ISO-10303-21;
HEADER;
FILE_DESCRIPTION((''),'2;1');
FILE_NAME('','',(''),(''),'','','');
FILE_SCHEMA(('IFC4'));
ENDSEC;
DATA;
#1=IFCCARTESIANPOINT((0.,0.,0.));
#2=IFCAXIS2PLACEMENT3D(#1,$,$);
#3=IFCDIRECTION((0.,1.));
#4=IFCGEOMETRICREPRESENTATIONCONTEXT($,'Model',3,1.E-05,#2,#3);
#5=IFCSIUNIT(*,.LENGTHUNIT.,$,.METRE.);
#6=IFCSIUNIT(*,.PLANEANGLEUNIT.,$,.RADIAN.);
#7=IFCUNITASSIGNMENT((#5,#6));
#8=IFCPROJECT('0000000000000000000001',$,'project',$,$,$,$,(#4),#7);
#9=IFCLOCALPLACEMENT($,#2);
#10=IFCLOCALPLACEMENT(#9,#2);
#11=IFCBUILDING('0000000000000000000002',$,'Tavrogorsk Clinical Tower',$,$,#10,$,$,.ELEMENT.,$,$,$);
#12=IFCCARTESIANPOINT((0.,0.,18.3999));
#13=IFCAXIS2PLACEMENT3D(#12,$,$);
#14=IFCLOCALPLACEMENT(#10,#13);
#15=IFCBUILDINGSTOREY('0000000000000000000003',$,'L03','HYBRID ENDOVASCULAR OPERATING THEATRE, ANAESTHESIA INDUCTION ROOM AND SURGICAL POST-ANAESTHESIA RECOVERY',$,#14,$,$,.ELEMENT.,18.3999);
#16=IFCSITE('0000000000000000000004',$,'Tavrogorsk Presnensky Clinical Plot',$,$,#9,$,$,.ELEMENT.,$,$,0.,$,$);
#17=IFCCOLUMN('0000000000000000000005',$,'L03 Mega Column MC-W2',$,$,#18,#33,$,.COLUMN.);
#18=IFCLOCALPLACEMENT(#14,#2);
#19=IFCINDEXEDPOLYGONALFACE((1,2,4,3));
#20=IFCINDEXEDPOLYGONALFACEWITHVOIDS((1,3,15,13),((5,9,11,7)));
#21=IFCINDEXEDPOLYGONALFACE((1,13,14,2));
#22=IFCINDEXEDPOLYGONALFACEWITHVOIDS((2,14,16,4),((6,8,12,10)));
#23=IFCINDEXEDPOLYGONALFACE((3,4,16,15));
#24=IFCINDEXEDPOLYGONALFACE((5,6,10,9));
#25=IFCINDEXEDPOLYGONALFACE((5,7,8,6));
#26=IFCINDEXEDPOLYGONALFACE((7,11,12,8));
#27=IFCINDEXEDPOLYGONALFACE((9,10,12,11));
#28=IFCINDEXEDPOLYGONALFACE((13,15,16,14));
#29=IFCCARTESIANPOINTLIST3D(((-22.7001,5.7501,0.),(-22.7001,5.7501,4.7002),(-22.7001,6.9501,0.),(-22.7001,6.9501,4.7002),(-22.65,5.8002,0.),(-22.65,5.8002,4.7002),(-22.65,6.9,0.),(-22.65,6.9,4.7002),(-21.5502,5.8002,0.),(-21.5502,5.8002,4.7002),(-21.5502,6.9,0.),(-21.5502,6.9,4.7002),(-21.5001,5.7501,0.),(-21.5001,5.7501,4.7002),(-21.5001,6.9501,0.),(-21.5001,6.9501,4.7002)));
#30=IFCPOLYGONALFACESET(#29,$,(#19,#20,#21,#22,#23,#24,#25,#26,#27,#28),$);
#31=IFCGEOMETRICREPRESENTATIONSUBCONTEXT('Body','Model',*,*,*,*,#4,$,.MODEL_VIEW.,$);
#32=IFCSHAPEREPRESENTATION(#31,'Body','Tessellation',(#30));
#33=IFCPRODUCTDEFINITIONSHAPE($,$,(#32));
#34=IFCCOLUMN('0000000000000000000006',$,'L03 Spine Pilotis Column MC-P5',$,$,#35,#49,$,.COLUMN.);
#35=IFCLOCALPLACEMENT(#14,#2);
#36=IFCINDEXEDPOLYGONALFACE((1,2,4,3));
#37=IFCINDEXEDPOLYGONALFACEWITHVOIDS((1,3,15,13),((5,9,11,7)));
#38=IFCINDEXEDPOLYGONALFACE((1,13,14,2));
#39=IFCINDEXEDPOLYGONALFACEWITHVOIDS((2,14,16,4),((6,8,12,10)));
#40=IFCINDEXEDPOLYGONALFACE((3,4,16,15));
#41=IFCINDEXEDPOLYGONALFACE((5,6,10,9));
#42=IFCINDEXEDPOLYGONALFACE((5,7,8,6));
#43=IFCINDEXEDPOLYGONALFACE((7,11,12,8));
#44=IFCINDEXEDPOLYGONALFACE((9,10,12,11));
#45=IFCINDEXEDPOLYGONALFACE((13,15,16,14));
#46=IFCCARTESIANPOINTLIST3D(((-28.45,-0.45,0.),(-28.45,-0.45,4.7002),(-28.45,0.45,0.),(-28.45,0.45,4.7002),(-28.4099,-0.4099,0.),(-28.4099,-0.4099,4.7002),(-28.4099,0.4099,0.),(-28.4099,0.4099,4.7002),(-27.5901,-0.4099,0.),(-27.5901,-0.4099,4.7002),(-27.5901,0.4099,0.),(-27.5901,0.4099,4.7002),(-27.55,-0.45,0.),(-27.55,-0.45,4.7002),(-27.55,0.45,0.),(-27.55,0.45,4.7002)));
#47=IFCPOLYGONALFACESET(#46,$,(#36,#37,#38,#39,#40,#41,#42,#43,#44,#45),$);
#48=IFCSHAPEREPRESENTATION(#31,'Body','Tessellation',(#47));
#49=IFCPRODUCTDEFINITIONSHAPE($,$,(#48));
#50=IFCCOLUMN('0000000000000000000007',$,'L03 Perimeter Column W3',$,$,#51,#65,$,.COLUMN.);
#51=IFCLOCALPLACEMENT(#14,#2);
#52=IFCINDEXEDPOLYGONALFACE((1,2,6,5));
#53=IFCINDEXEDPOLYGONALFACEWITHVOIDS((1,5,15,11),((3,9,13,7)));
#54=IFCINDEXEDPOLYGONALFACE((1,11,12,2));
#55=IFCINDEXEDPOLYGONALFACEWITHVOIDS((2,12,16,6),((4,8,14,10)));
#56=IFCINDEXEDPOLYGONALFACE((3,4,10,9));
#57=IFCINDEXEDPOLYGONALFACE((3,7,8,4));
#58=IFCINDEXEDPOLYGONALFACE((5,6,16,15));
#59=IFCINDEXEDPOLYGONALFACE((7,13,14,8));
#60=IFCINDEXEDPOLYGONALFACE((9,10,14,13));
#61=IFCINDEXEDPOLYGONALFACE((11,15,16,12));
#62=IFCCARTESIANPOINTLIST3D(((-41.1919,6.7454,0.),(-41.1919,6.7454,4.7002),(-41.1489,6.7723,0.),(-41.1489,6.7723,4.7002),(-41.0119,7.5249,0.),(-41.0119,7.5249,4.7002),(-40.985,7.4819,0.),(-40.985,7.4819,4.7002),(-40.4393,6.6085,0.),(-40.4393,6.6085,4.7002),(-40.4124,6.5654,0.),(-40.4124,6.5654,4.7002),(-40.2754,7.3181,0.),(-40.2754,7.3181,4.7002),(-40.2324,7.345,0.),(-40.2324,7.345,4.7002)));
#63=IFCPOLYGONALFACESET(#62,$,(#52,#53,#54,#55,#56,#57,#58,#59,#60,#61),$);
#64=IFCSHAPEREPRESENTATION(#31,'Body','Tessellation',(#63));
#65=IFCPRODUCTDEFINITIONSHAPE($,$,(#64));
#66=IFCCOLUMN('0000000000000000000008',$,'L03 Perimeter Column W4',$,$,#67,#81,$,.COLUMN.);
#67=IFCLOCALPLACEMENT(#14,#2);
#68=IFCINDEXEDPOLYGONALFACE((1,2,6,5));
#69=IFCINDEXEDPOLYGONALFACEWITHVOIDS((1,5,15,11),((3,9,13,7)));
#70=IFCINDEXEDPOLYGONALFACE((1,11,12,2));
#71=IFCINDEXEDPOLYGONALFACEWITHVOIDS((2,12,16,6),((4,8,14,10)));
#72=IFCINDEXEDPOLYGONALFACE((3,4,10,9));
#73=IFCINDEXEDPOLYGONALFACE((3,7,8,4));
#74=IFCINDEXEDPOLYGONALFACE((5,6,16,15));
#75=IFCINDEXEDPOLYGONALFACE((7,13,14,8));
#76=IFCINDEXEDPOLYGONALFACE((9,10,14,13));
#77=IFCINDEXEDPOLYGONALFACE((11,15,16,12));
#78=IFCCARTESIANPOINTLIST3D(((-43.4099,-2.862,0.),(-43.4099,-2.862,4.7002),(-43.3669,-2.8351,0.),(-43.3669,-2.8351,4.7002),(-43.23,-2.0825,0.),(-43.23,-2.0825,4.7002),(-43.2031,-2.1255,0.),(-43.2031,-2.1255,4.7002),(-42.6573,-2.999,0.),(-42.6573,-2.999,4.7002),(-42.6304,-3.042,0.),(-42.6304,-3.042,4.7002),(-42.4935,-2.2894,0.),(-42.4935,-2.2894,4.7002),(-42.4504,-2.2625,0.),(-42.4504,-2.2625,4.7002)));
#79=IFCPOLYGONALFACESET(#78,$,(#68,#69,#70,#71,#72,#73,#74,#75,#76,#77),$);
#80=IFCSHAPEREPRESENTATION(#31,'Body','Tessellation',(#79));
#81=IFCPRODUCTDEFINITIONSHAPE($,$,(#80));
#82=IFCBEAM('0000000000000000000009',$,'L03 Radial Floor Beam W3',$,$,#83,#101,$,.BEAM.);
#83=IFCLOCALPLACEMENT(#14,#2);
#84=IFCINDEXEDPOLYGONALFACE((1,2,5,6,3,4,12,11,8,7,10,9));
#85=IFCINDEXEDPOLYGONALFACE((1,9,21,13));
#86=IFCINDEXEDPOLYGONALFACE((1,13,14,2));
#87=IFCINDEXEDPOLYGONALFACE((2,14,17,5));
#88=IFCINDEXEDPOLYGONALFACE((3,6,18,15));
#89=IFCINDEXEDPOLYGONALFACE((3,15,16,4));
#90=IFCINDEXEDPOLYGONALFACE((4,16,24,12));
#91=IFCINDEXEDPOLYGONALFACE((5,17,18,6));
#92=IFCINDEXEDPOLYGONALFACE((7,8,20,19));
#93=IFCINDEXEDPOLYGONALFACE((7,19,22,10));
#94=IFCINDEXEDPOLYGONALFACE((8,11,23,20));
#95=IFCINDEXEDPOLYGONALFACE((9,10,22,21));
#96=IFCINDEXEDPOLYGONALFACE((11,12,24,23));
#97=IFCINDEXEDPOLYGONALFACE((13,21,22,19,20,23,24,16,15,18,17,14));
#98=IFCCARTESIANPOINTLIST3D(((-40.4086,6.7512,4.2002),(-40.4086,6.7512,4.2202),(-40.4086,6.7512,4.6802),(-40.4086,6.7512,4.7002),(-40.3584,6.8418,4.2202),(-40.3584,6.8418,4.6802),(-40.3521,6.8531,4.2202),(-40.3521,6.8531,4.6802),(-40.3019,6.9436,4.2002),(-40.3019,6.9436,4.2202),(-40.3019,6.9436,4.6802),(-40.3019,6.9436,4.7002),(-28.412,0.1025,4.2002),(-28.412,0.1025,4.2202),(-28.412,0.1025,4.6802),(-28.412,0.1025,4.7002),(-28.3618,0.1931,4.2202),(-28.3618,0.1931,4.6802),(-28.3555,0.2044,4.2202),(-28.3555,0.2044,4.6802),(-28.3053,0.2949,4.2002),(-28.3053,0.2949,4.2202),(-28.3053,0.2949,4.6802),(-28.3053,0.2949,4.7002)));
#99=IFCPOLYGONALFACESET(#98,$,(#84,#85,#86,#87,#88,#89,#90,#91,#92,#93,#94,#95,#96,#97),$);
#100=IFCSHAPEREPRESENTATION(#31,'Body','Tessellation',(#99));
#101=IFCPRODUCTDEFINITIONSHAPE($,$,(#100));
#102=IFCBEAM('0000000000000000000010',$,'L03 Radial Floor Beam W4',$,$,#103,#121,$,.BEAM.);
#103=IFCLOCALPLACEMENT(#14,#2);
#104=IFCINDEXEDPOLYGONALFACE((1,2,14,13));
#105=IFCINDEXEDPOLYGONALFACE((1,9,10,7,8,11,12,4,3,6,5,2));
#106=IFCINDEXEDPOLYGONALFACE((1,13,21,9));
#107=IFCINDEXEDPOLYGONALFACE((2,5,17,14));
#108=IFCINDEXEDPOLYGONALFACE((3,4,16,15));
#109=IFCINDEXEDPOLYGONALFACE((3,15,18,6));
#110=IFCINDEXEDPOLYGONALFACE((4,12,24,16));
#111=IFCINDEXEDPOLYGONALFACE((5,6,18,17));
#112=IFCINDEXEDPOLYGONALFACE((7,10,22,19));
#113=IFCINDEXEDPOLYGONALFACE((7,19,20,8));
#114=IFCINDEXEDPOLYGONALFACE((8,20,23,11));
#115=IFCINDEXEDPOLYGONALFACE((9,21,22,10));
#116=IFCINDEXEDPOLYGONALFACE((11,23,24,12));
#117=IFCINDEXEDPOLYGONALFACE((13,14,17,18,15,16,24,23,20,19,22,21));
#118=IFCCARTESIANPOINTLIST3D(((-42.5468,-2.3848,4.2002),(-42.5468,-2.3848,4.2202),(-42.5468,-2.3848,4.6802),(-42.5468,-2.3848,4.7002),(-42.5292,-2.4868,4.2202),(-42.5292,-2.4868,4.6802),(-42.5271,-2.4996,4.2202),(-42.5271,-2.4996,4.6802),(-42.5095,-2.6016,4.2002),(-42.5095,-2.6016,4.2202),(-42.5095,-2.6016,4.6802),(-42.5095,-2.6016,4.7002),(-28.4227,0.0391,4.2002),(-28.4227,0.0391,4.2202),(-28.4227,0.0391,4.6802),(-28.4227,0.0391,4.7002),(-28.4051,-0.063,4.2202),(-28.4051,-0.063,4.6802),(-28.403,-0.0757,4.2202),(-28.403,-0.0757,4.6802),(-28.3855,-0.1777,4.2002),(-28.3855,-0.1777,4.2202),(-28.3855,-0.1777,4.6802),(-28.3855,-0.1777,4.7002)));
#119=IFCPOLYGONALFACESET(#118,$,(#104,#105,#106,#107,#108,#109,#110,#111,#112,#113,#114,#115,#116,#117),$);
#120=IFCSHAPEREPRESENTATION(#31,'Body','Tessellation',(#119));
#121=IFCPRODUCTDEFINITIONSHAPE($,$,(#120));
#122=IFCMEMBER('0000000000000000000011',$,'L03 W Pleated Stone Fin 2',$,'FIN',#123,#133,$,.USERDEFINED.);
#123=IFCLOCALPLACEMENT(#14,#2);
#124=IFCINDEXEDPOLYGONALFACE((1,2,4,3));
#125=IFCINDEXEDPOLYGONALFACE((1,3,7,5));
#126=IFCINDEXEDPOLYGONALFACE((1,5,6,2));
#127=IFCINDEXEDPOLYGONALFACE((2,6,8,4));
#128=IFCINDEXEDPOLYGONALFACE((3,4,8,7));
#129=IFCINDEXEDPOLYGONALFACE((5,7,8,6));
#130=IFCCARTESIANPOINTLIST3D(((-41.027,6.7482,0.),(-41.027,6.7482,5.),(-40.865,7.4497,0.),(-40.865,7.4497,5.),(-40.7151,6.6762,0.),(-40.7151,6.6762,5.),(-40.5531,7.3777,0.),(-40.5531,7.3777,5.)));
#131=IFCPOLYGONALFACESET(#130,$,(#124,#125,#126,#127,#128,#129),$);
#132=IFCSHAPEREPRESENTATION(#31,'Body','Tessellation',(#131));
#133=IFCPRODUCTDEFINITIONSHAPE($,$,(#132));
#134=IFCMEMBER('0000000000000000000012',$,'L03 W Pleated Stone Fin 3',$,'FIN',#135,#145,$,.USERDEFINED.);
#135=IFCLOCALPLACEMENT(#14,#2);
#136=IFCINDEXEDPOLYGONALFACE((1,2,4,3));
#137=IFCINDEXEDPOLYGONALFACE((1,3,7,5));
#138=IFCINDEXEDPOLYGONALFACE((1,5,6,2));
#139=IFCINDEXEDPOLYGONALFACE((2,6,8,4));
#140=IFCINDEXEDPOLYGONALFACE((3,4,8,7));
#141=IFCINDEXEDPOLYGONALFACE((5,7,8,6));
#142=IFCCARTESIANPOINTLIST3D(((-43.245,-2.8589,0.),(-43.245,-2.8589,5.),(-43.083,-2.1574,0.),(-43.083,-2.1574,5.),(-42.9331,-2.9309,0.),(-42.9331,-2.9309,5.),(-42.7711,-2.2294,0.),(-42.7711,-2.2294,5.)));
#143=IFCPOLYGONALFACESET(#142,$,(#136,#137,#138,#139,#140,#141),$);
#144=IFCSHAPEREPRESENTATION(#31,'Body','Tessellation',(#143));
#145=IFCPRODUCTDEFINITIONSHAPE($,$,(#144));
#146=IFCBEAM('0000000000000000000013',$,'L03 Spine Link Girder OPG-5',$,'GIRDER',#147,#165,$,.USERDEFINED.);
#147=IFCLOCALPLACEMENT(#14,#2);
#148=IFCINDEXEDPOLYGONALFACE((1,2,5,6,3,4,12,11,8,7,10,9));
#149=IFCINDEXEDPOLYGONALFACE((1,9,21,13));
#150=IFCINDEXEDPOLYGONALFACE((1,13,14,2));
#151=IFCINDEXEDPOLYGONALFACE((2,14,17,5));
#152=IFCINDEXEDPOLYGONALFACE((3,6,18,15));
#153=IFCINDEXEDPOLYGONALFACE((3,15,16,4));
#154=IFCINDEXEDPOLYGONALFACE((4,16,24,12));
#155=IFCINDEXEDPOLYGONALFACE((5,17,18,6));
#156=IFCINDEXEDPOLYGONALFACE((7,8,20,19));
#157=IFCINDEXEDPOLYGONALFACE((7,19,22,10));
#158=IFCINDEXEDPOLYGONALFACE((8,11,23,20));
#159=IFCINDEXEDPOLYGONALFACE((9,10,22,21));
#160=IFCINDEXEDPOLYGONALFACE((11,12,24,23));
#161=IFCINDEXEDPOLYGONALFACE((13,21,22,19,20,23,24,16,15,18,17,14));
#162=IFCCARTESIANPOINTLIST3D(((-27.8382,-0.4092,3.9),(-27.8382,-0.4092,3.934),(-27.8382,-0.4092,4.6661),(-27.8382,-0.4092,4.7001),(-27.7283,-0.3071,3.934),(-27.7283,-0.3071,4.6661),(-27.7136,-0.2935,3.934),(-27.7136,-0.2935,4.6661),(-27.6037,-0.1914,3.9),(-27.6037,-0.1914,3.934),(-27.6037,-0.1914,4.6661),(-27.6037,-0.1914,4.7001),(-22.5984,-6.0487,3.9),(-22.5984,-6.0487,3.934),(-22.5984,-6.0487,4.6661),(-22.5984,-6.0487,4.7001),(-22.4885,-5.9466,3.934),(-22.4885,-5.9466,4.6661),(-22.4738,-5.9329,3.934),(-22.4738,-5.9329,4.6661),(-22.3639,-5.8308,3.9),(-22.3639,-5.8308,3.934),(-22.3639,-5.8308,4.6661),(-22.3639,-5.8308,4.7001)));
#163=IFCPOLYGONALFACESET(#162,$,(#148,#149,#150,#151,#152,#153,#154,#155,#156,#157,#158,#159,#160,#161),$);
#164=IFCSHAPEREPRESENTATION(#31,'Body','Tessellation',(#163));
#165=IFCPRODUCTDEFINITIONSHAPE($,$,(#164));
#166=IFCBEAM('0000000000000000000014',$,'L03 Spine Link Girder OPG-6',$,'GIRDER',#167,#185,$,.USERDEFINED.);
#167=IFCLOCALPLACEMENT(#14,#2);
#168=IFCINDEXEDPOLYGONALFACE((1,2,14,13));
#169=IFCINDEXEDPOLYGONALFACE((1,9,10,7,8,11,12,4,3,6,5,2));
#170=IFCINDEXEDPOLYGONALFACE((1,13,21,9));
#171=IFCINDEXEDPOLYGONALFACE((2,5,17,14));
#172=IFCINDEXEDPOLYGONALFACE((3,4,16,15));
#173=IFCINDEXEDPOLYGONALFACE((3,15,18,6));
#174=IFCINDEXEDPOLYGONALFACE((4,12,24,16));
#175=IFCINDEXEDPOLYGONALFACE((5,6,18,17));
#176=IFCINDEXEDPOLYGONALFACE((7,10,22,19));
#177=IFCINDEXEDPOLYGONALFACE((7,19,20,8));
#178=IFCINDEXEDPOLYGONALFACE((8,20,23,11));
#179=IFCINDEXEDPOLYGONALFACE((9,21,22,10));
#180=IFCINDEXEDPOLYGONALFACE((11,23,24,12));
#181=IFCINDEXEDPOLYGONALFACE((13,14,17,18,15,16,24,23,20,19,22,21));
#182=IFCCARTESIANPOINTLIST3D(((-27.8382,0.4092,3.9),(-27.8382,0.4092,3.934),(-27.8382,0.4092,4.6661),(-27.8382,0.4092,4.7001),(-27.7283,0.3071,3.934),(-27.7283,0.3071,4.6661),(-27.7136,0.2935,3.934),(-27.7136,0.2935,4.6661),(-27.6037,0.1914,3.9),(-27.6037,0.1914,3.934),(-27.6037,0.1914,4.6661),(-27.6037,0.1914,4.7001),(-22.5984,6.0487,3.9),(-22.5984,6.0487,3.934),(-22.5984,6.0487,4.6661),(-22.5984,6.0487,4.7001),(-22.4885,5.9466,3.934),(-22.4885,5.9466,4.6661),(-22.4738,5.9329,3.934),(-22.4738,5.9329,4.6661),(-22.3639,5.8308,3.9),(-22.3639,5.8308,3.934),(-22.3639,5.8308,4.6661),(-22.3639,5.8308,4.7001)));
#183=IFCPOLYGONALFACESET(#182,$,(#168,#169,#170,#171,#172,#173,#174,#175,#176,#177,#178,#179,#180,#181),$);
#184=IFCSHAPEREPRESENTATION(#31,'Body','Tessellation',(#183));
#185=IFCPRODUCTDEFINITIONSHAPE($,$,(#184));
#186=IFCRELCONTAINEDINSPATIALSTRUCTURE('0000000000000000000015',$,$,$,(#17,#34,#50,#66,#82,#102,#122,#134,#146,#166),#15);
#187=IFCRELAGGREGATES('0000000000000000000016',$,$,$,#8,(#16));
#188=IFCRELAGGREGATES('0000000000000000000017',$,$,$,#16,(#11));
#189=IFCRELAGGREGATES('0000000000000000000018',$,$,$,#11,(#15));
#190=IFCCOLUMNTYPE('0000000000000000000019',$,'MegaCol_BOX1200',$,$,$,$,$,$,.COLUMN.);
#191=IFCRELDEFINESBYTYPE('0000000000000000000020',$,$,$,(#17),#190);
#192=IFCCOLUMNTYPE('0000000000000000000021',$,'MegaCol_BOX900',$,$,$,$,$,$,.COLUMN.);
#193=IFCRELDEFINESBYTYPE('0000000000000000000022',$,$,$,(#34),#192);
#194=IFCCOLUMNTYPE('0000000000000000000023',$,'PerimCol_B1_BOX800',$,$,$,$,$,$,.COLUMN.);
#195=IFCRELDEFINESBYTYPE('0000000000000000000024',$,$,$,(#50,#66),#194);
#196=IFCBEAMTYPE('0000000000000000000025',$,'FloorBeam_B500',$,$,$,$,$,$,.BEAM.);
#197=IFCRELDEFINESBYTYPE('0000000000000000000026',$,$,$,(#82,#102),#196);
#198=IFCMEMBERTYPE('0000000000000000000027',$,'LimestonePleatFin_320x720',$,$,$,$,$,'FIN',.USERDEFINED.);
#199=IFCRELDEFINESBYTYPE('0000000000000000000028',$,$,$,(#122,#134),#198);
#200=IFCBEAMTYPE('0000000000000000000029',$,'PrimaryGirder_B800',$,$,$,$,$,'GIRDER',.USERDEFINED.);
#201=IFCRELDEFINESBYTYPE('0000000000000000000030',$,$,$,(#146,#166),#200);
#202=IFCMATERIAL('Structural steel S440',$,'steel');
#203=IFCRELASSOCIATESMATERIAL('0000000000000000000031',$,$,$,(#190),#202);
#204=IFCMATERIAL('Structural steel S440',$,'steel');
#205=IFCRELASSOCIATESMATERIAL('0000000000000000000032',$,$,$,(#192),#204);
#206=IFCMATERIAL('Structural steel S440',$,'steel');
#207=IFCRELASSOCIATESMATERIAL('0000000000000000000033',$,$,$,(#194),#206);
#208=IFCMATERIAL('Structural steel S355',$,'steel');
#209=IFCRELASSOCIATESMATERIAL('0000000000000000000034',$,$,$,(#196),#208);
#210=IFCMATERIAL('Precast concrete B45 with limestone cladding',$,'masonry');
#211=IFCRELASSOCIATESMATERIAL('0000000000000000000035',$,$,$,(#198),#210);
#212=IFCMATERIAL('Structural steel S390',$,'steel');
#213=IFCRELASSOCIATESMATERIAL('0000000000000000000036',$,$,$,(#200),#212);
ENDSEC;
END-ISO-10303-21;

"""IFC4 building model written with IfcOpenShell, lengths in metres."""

from ifc_helpers import new_model, si_unit, direction, frame, origin, origin_2d, place, context, subcontext, project, spatial, rectangle, hollow_rectangle, i_section, extrude, material, material_profile, profile_set, type_object, element, save


model = new_model("IFC4")

# Units and contexts
model_context = context("Model", 3, precision=1e-05, world=origin(), true_north=direction((0.0, 1.0)))
body_context = subcontext(model_context, "Body", "Model", "MODEL_VIEW")
ifc_project = project(units=[si_unit("LENGTHUNIT", "METRE"), si_unit("PLANEANGLEUNIT", "RADIAN")], contexts=[model_context])

# Site, building, storey
site_placement = place(None, origin())
site = spatial("IfcSite", under=ifc_project, at=site_placement, Name="Tavrogorsk Presnensky Clinical Plot", CompositionType="ELEMENT", RefElevation=0.0)
building_placement = place(site_placement, origin())
building = spatial("IfcBuilding", under=site, at=building_placement, Name="Tavrogorsk Clinical Tower", CompositionType="ELEMENT")
storey_placement = place(building_placement, frame((0.0, 0.0, 18.3999)))
storey = spatial("IfcBuildingStorey", under=building, at=storey_placement, Name="L03", Description="HYBRID ENDOVASCULAR OPERATING THEATRE, ANAESTHESIA INDUCTION ROOM AND SURGICAL POST-ANAESTHESIA RECOVERY", CompositionType="ELEMENT", Elevation=18.3999)

# Columns
ifc_material_1 = material(Name="Structural steel S440", Category="steel")
ifc_material_profile_1 = material_profile(ifc_material_1, hollow_rectangle(XDim=1.2, YDim=1.2, WallThickness=0.05, at=origin_2d()), Name="BOX-1200x1200x50")
ifc_profile_set_1 = profile_set([ifc_material_profile_1], Name="Structural steel S440")
column_type_1 = type_object("IfcColumnType", Name="MegaCol_BOX1200", PredefinedType="COLUMN", material=ifc_profile_set_1)
column_1_placement = place(storey_placement, frame((-22.1001, 6.3501, 0.0), z_axis=(0.0, 0.0, 1.0), x_axis=(1.0, 0.0, 0.0)))
element("IfcColumn", 1, at=column_1_placement, inside=storey, type_object=column_type_1, Name="L03 Mega Column MC-W2", PredefinedType="COLUMN", context=body_context, shape_type="SweptSolid", body=[
    extrude(hollow_rectangle(XDim=1.2, YDim=1.2, WallThickness=0.05, at=origin_2d()), origin(), (0.0, 0.0, 1.0), 4.7002),
])
ifc_material_2 = material(Name="Structural steel S440", Category="steel")
ifc_material_profile_2 = material_profile(ifc_material_2, hollow_rectangle(XDim=0.8999, YDim=0.8999, WallThickness=0.04, at=origin_2d()), Name="BOX-900x900x40")
ifc_profile_set_2 = profile_set([ifc_material_profile_2], Name="Structural steel S440")
column_type_2 = type_object("IfcColumnType", Name="MegaCol_BOX900", PredefinedType="COLUMN", material=ifc_profile_set_2)
column_2_placement = place(storey_placement, frame((-28.0, 0.0, 0.0), z_axis=(0.0, 0.0, 1.0), x_axis=(1.0, 0.0, 0.0)))
element("IfcColumn", 2, at=column_2_placement, inside=storey, type_object=column_type_2, Name="L03 Spine Pilotis Column MC-P5", PredefinedType="COLUMN", context=body_context, shape_type="SweptSolid", body=[
    extrude(hollow_rectangle(XDim=0.8999, YDim=0.8999, WallThickness=0.04, at=origin_2d()), origin(), (0.0, 0.0, 1.0), 4.7002),
])
ifc_material_3 = material(Name="Structural steel S440", Category="steel")
ifc_material_profile_3 = material_profile(ifc_material_3, hollow_rectangle(XDim=0.8, YDim=0.8, WallThickness=0.0359, at=origin_2d()), Name="BOX-800x800x36")
ifc_profile_set_3 = profile_set([ifc_material_profile_3], Name="Structural steel S440")
column_type_3 = type_object("IfcColumnType", Name="PerimCol_B1_BOX800", PredefinedType="COLUMN", material=ifc_profile_set_3)
for number, where, z_axis, x_axis, name in (
    (3, (-40.7122, 7.0452, 0.0), (0.0, 0.0, 1.0), (0.97437, -0.224951, 0.0), "L03 Perimeter Column W3"),
    (4, (-42.9302, -2.5623, 0.0), (0.0, 0.0, 1.0), (0.97437, -0.224951, 0.0), "L03 Perimeter Column W4"),
):
    element("IfcColumn", number, at=place(storey_placement, frame(where, z_axis=z_axis, x_axis=x_axis)), inside=storey, type_object=column_type_3, Name=name, PredefinedType="COLUMN", context=body_context, shape_type="SweptSolid", body=[
        extrude(hollow_rectangle(XDim=0.8, YDim=0.8, WallThickness=0.0359, at=origin_2d()), origin(), (0.0, 0.0, 1.0), 4.7002),
    ])

# Beams
ifc_material_4 = material(Name="Structural steel S355", Category="steel")
ifc_material_profile_4 = material_profile(ifc_material_4, i_section(OverallWidth=0.22, OverallDepth=0.5, WebThickness=0.0129, FlangeThickness=0.02, at=origin_2d()), Name="B-500x220x13x20")
ifc_profile_set_4 = profile_set([ifc_material_profile_4], Name="Structural steel S355")
beam_type_1 = type_object("IfcBeamType", Name="FloorBeam_B500", PredefinedType="BEAM", material=ifc_profile_set_4)
beam_1_placement = place(storey_placement, frame((-28.3586, 0.1987, 4.4502), z_axis=(-0.874655, 0.484746, 0.0), x_axis=(-0.484746, -0.874655, 0.0)))
element("IfcBeam", 5, at=beam_1_placement, inside=storey, type_object=beam_type_1, Name="L03 Radial Floor Beam W3", PredefinedType="BEAM", context=body_context, shape_type="SweptSolid", body=[
    extrude(i_section(OverallWidth=0.22, OverallDepth=0.5, WebThickness=0.0129, FlangeThickness=0.02, at=origin_2d()), origin(), (0.0, 0.0, 1.0), 13.7158),
])
beam_2_placement = place(storey_placement, frame((-28.4041, -0.0693, 4.4502), z_axis=(-0.985592, -0.169138, 0.0), x_axis=(0.169138, -0.985592, 0.0)))
element("IfcBeam", 6, at=beam_2_placement, inside=storey, type_object=beam_type_1, Name="L03 Radial Floor Beam W4", PredefinedType="BEAM", context=body_context, shape_type="SweptSolid", body=[
    extrude(i_section(OverallWidth=0.22, OverallDepth=0.5, WebThickness=0.0129, FlangeThickness=0.02, at=origin_2d()), origin(), (0.0, 0.0, 1.0), 14.3306),
])

# Members
ifc_material_5 = material(Name="Precast concrete B45 with limestone cladding", Category="masonry")
ifc_material_profile_5 = material_profile(ifc_material_5, rectangle(XDim=0.3201, YDim=0.72, at=origin_2d()), Name="LIMESTONE-FIN-320x720")
ifc_profile_set_5 = profile_set([ifc_material_profile_5], Name="Precast concrete B45 with limestone cladding")
member_type = type_object("IfcMemberType", Name="LimestonePleatFin_320x720", ElementType="FIN", PredefinedType="USERDEFINED", material=ifc_profile_set_5)
for number, where, z_axis, x_axis, name in (
    (7, (-40.79, 7.063, 0.0), (0.0, 0.0, 1.0), (0.97437, -0.224951, 0.0), "L03 W Pleated Stone Fin 2"),
    (8, (-43.0081, -2.5442, 0.0), (0.0, 0.0, 1.0), (0.97437, -0.224951, 0.0), "L03 W Pleated Stone Fin 3"),
):
    element("IfcMember", number, at=place(storey_placement, frame(where, z_axis=z_axis, x_axis=x_axis)), inside=storey, type_object=member_type, Name=name, ObjectType="FIN", PredefinedType="USERDEFINED", context=body_context, shape_type="SweptSolid", body=[
        extrude(rectangle(XDim=0.3201, YDim=0.72, at=origin_2d()), origin(), (0.0, 0.0, 1.0), 5.0),
    ])

# Beams
ifc_material_6 = material(Name="Structural steel S390", Category="steel")
ifc_material_profile_6 = material_profile(ifc_material_6, i_section(OverallWidth=0.3201, OverallDepth=0.8, WebThickness=0.02, FlangeThickness=0.0339, at=origin_2d()), Name="B-800x320x20x34")
ifc_profile_set_6 = profile_set([ifc_material_profile_6], Name="Structural steel S390")
beam_type_2 = type_object("IfcBeamType", Name="PrimaryGirder_B800", ElementType="GIRDER", PredefinedType="USERDEFINED", material=ifc_profile_set_6)
for number, where, z_axis, x_axis, name in (
    (9, (-27.7209, -0.3003, 4.3), (0.680671, -0.732589, 0.0), (0.732589, 0.680671, 0.0), "L03 Spine Link Girder OPG-5"),
    (10, (-27.7209, 0.3003, 4.3), (0.680671, 0.732589, 0.0), (-0.732589, 0.680671, 0.0), "L03 Spine Link Girder OPG-6"),
):
    element("IfcBeam", number, at=place(storey_placement, frame(where, z_axis=z_axis, x_axis=x_axis)), inside=storey, type_object=beam_type_2, Name=name, ObjectType="GIRDER", PredefinedType="USERDEFINED", context=body_context, shape_type="SweptSolid", body=[
        extrude(i_section(OverallWidth=0.3201, OverallDepth=0.8, WebThickness=0.02, FlangeThickness=0.0339, at=origin_2d()), origin(), (0.0, 0.0, 1.0), 7.698),
    ])

save(model, "model.ifc")
